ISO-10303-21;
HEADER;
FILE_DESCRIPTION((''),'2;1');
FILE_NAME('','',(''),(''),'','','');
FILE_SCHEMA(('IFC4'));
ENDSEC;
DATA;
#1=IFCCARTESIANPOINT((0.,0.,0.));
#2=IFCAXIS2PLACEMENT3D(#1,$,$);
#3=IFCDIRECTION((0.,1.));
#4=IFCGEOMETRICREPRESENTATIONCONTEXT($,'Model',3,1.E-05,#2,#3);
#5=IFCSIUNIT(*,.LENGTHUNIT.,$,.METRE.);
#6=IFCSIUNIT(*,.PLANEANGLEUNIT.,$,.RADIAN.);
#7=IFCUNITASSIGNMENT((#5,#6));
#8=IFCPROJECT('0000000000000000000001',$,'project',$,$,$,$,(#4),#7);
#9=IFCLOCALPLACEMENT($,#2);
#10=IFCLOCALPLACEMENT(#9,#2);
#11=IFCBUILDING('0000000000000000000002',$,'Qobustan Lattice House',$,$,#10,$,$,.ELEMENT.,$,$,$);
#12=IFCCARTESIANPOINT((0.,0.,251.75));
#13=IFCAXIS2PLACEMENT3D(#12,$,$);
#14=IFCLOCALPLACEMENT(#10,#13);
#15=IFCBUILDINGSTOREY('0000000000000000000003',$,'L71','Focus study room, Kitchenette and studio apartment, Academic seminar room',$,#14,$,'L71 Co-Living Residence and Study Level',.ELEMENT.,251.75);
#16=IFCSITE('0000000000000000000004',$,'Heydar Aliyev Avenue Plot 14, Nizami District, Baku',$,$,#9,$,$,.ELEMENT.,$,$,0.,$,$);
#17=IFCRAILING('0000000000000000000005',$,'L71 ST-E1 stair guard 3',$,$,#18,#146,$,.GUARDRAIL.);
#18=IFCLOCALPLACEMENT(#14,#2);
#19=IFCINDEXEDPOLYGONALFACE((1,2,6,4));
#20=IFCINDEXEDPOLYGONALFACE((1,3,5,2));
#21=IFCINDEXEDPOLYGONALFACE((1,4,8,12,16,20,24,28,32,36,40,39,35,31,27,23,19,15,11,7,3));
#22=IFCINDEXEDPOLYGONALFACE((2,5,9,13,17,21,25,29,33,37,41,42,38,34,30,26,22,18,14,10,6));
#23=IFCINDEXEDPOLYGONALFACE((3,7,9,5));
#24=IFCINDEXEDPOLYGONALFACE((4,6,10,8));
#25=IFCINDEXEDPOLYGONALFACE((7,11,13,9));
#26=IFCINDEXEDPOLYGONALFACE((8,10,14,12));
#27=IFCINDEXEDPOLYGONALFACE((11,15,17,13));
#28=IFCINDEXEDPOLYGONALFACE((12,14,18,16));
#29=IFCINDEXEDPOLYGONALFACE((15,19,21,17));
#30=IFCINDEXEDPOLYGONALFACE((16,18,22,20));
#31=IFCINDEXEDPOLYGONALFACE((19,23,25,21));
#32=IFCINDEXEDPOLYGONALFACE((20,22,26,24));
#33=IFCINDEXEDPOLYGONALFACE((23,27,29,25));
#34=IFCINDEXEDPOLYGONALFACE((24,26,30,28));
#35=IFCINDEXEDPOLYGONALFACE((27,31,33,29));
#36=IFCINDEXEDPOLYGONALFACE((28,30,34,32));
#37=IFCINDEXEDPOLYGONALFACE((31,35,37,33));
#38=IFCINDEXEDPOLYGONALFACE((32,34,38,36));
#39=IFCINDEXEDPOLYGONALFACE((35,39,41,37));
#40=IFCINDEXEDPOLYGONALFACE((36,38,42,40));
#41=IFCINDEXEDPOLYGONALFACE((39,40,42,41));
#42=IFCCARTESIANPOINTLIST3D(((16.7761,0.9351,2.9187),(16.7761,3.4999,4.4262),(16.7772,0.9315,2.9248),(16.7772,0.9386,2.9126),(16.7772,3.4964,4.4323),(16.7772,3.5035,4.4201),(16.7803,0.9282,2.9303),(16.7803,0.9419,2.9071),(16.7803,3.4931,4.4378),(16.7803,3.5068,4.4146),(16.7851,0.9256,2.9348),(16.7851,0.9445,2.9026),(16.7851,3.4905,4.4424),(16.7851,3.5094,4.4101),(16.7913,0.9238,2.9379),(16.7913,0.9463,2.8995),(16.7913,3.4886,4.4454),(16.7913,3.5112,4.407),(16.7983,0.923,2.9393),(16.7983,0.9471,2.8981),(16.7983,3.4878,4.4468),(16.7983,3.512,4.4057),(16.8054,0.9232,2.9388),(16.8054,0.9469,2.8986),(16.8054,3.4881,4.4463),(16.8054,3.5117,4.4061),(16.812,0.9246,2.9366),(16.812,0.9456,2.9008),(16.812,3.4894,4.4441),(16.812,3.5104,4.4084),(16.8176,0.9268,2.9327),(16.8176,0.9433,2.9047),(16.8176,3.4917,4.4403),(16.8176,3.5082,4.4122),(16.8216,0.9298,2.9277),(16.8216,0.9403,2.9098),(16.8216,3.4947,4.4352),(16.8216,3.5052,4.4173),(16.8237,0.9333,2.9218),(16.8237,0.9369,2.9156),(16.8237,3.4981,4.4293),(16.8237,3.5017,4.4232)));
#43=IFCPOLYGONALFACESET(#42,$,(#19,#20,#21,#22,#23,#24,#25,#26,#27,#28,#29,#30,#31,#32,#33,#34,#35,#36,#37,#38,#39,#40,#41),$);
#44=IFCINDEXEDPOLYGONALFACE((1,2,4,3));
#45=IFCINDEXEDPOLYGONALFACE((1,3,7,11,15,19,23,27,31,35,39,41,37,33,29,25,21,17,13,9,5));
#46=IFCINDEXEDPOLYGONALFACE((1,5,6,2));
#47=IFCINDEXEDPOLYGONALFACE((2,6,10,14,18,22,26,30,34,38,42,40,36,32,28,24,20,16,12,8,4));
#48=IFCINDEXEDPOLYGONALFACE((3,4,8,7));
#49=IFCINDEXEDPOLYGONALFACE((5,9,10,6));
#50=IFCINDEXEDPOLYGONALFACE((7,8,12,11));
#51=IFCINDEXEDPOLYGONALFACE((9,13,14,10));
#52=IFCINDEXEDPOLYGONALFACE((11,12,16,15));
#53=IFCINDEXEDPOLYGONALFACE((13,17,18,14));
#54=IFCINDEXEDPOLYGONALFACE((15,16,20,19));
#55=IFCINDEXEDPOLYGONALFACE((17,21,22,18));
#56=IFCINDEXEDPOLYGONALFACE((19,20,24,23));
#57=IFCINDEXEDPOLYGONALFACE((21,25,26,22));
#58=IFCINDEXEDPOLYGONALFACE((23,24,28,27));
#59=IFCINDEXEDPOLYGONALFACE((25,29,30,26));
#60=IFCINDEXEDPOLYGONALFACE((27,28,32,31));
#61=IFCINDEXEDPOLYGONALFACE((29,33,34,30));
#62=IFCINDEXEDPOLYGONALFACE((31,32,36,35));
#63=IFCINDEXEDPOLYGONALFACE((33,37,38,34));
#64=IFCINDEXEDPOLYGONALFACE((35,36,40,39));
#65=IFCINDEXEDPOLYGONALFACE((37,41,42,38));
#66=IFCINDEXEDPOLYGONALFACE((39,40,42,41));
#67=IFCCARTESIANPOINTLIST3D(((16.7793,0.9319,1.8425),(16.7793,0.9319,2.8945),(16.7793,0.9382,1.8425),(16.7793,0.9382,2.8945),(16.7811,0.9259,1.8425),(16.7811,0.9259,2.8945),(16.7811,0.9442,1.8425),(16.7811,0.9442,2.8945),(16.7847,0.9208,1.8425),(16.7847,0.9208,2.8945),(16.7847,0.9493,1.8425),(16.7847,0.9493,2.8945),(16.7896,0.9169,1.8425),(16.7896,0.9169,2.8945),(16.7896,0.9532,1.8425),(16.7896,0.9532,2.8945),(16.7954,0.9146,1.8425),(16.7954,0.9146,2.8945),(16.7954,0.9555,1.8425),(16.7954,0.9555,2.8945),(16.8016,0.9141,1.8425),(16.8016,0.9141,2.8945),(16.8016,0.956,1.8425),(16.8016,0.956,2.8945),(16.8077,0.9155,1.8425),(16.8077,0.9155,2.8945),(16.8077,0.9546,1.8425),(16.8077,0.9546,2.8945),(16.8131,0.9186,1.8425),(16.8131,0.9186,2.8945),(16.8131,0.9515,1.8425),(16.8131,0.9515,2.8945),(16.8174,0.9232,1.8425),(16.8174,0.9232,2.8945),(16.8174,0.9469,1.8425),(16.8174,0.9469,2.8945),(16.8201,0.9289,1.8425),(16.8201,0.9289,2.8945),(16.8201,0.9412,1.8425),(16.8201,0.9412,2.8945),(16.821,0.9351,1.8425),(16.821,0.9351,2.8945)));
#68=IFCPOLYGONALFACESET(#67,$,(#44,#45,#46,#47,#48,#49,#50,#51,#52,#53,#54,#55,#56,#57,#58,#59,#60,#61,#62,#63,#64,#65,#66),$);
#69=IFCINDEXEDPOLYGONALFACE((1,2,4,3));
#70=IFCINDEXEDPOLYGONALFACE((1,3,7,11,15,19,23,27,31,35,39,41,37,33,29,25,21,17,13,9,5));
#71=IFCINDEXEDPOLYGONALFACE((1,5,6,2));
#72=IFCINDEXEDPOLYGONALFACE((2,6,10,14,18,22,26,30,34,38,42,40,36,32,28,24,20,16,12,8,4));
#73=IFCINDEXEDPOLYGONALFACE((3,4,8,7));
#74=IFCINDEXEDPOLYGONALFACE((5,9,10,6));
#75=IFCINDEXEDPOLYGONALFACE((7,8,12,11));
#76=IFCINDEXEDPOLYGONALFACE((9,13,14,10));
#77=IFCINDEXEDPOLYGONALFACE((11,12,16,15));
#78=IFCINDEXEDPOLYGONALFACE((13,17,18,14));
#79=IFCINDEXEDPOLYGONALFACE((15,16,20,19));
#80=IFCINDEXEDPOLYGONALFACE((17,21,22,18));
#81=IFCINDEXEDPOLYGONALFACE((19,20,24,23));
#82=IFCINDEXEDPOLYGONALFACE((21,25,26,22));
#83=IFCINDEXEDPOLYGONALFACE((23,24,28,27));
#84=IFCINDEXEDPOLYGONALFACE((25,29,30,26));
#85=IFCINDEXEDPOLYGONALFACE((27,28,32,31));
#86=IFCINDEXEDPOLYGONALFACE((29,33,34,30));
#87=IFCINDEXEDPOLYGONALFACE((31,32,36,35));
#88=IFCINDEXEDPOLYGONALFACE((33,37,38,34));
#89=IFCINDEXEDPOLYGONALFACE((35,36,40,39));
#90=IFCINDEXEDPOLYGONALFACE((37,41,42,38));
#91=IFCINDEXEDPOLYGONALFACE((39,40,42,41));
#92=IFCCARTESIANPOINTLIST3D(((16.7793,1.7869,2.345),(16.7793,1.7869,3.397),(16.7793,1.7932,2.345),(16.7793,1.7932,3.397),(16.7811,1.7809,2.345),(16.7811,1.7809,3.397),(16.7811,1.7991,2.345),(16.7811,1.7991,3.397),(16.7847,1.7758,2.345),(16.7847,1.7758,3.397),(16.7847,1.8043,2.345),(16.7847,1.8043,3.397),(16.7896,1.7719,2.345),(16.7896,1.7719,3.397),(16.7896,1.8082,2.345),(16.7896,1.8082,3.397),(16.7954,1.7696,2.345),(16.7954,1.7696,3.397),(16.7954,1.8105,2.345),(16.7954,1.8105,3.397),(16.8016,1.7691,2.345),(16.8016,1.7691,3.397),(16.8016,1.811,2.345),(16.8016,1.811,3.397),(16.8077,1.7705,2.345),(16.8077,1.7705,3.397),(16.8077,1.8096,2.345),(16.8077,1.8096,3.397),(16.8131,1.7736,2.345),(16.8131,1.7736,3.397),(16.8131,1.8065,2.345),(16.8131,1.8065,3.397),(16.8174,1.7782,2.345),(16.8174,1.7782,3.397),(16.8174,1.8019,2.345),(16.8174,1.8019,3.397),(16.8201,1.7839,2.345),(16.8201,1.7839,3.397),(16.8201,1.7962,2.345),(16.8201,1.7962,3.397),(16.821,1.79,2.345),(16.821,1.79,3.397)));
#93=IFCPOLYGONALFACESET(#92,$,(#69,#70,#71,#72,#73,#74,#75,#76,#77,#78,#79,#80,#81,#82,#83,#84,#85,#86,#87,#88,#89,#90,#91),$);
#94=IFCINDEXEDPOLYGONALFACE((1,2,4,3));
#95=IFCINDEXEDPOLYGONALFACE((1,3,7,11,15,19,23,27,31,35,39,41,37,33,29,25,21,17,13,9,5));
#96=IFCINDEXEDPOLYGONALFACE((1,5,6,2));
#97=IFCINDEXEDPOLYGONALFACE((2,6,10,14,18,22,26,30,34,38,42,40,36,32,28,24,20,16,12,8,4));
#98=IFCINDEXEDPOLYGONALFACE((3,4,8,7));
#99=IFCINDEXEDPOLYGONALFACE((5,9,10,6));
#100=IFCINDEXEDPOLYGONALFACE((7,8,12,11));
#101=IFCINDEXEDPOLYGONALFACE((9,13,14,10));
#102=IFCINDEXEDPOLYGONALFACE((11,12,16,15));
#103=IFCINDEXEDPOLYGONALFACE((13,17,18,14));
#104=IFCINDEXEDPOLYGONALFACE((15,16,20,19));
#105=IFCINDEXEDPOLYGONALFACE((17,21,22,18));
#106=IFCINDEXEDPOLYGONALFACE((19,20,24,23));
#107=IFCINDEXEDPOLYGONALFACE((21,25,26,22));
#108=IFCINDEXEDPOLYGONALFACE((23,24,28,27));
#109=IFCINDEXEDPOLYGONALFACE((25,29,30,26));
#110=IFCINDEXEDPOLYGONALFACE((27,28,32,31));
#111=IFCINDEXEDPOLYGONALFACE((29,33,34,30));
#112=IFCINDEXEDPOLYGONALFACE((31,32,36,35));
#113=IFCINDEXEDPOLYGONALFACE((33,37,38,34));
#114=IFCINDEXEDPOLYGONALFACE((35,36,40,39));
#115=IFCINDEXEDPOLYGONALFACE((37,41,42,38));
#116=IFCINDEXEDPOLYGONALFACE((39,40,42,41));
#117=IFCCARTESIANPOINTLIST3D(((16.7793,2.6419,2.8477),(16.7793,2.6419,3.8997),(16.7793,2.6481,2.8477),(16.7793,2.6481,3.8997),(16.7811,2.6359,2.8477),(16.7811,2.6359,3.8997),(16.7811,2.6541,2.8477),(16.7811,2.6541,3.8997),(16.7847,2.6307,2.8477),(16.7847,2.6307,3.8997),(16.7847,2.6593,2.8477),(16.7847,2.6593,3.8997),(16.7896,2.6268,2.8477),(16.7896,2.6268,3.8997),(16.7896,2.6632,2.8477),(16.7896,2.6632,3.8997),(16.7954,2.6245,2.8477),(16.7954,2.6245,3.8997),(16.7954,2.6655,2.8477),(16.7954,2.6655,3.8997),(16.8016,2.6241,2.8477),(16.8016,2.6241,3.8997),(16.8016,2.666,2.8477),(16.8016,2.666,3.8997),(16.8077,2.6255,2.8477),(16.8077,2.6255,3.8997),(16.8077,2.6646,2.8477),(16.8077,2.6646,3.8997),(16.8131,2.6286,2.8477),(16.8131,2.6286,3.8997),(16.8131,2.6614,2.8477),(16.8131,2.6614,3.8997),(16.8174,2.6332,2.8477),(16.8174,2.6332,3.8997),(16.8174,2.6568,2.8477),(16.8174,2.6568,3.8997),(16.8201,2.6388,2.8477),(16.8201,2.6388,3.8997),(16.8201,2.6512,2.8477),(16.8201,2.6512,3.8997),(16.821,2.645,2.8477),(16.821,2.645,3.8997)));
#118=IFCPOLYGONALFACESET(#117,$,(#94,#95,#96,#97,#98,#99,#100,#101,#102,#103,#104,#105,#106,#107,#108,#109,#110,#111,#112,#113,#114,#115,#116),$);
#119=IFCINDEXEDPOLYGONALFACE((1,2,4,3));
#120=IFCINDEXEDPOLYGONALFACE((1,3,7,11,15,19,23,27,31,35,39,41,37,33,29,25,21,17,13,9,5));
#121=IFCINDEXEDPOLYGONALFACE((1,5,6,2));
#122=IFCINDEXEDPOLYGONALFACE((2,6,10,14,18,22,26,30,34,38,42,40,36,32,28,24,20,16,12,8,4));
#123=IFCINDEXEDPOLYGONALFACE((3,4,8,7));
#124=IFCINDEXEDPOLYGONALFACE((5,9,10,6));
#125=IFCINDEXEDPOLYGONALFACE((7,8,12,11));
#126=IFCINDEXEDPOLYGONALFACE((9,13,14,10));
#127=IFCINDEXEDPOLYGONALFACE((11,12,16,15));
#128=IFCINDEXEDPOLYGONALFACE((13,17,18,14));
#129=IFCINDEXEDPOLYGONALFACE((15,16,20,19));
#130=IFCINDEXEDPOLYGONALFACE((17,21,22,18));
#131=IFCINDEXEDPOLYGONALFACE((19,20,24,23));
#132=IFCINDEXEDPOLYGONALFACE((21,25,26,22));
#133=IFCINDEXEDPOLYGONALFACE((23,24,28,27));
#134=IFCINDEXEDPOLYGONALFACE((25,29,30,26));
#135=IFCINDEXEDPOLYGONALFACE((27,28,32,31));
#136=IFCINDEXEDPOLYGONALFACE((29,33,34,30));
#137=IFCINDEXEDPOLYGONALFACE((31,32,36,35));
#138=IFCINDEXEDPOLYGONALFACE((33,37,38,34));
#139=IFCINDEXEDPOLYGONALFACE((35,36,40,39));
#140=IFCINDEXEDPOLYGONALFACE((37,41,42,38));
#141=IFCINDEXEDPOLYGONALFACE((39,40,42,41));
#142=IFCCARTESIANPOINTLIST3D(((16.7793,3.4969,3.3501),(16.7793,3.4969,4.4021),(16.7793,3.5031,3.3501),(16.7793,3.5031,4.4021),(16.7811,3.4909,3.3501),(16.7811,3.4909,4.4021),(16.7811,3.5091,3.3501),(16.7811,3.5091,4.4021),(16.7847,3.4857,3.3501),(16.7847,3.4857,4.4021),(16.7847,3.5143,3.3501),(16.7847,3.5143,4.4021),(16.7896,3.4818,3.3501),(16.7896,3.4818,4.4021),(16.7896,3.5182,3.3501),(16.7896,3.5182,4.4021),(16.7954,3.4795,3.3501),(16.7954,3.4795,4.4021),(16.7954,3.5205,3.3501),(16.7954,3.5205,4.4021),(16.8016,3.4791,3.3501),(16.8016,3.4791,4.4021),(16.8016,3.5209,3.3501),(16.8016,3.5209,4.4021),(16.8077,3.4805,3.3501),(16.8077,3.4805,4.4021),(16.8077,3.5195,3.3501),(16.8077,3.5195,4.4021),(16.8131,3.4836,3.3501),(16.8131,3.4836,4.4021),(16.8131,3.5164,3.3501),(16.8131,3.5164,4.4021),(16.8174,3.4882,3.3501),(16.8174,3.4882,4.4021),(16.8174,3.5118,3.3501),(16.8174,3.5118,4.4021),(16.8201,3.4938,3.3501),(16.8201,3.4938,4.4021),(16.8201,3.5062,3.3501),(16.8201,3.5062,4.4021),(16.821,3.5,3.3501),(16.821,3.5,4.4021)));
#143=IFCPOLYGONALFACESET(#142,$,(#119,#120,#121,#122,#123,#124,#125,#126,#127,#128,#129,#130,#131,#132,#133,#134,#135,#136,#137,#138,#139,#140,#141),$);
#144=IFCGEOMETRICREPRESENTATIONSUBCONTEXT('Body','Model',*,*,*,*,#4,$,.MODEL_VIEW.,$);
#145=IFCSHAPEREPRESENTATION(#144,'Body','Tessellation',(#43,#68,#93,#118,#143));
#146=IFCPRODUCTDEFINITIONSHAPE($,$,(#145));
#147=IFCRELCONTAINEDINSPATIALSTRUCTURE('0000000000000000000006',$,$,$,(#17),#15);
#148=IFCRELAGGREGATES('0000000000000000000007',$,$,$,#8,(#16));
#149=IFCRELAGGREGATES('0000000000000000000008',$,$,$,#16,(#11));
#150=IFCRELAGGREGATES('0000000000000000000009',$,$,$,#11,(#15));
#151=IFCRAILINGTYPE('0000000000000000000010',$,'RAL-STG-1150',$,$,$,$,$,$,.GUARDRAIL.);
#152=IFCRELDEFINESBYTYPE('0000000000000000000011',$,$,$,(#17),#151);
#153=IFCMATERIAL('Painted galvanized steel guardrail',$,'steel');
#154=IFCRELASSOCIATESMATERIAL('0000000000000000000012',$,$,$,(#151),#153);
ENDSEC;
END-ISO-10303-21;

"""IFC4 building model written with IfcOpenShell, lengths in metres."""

from ifc_helpers import new_model, si_unit, direction, frame, origin, origin_2d, place, context, subcontext, project, spatial, circle, extrude, material, type_object, element, save


model = new_model("IFC4")

# Units and contexts
model_context = context("Model", 3, precision=1e-05, world=origin(), true_north=direction((0.0, 1.0)))
body_context = subcontext(model_context, "Body", "Model", "MODEL_VIEW")
ifc_project = project(units=[si_unit("LENGTHUNIT", "METRE"), si_unit("PLANEANGLEUNIT", "RADIAN")], contexts=[model_context])

# Site, building, storey
site_placement = place(None, origin())
site = spatial("IfcSite", under=ifc_project, at=site_placement, Name="Heydar Aliyev Avenue Plot 14, Nizami District, Baku", CompositionType="ELEMENT", RefElevation=0.0)
building_placement = place(site_placement, origin())
building = spatial("IfcBuilding", under=site, at=building_placement, Name="Qobustan Lattice House", CompositionType="ELEMENT")
storey_placement = place(building_placement, frame((0.0, 0.0, 251.75)))
storey = spatial("IfcBuildingStorey", under=building, at=storey_placement, Name="L71", Description="Focus study room, Kitchenette and studio apartment, Academic seminar room", LongName="L71 Co-Living Residence and Study Level", CompositionType="ELEMENT", Elevation=251.75)

# Railing
ifc_material_1 = material(Name="Painted galvanized steel guardrail", Category="steel")
railing_type_1 = type_object("IfcRailingType", Name="RAL-STG-1150", PredefinedType="GUARDRAIL", material=ifc_material_1)
railing_1_placement = place(storey_placement, frame((16.8, 0.9351, 1.8425)))
element("IfcRailing", 1, at=railing_1_placement, inside=storey, type_object=railing_type_1, Name="L71 ST-E1 stair guard 3", PredefinedType="GUARDRAIL", context=body_context, shape_type="SweptSolid", body=[
    extrude(circle(Radius=0.0239, at=origin_2d()), frame((0.0, 0.0, 1.0762), z_axis=(0.0, 0.862113, 0.506715), x_axis=(-1.0, 0.0, 0.0)), (0.0, 0.0, 1.0), 2.9751),
    extrude(circle(Radius=0.021, at=origin_2d()), origin(), (0.0, 0.0, 1.0), 1.052),
    extrude(circle(Radius=0.021, at=origin_2d()), frame((0.0, 0.855, 0.5024)), (0.0, 0.0, 1.0), 1.052),
    extrude(circle(Radius=0.021, at=origin_2d()), frame((0.0, 1.71, 1.0051)), (0.0, 0.0, 1.0), 1.052),
    extrude(circle(Radius=0.021, at=origin_2d()), frame((0.0, 2.5649, 1.5076)), (0.0, 0.0, 1.0), 1.052),
])

save(model, "model.ifc")
